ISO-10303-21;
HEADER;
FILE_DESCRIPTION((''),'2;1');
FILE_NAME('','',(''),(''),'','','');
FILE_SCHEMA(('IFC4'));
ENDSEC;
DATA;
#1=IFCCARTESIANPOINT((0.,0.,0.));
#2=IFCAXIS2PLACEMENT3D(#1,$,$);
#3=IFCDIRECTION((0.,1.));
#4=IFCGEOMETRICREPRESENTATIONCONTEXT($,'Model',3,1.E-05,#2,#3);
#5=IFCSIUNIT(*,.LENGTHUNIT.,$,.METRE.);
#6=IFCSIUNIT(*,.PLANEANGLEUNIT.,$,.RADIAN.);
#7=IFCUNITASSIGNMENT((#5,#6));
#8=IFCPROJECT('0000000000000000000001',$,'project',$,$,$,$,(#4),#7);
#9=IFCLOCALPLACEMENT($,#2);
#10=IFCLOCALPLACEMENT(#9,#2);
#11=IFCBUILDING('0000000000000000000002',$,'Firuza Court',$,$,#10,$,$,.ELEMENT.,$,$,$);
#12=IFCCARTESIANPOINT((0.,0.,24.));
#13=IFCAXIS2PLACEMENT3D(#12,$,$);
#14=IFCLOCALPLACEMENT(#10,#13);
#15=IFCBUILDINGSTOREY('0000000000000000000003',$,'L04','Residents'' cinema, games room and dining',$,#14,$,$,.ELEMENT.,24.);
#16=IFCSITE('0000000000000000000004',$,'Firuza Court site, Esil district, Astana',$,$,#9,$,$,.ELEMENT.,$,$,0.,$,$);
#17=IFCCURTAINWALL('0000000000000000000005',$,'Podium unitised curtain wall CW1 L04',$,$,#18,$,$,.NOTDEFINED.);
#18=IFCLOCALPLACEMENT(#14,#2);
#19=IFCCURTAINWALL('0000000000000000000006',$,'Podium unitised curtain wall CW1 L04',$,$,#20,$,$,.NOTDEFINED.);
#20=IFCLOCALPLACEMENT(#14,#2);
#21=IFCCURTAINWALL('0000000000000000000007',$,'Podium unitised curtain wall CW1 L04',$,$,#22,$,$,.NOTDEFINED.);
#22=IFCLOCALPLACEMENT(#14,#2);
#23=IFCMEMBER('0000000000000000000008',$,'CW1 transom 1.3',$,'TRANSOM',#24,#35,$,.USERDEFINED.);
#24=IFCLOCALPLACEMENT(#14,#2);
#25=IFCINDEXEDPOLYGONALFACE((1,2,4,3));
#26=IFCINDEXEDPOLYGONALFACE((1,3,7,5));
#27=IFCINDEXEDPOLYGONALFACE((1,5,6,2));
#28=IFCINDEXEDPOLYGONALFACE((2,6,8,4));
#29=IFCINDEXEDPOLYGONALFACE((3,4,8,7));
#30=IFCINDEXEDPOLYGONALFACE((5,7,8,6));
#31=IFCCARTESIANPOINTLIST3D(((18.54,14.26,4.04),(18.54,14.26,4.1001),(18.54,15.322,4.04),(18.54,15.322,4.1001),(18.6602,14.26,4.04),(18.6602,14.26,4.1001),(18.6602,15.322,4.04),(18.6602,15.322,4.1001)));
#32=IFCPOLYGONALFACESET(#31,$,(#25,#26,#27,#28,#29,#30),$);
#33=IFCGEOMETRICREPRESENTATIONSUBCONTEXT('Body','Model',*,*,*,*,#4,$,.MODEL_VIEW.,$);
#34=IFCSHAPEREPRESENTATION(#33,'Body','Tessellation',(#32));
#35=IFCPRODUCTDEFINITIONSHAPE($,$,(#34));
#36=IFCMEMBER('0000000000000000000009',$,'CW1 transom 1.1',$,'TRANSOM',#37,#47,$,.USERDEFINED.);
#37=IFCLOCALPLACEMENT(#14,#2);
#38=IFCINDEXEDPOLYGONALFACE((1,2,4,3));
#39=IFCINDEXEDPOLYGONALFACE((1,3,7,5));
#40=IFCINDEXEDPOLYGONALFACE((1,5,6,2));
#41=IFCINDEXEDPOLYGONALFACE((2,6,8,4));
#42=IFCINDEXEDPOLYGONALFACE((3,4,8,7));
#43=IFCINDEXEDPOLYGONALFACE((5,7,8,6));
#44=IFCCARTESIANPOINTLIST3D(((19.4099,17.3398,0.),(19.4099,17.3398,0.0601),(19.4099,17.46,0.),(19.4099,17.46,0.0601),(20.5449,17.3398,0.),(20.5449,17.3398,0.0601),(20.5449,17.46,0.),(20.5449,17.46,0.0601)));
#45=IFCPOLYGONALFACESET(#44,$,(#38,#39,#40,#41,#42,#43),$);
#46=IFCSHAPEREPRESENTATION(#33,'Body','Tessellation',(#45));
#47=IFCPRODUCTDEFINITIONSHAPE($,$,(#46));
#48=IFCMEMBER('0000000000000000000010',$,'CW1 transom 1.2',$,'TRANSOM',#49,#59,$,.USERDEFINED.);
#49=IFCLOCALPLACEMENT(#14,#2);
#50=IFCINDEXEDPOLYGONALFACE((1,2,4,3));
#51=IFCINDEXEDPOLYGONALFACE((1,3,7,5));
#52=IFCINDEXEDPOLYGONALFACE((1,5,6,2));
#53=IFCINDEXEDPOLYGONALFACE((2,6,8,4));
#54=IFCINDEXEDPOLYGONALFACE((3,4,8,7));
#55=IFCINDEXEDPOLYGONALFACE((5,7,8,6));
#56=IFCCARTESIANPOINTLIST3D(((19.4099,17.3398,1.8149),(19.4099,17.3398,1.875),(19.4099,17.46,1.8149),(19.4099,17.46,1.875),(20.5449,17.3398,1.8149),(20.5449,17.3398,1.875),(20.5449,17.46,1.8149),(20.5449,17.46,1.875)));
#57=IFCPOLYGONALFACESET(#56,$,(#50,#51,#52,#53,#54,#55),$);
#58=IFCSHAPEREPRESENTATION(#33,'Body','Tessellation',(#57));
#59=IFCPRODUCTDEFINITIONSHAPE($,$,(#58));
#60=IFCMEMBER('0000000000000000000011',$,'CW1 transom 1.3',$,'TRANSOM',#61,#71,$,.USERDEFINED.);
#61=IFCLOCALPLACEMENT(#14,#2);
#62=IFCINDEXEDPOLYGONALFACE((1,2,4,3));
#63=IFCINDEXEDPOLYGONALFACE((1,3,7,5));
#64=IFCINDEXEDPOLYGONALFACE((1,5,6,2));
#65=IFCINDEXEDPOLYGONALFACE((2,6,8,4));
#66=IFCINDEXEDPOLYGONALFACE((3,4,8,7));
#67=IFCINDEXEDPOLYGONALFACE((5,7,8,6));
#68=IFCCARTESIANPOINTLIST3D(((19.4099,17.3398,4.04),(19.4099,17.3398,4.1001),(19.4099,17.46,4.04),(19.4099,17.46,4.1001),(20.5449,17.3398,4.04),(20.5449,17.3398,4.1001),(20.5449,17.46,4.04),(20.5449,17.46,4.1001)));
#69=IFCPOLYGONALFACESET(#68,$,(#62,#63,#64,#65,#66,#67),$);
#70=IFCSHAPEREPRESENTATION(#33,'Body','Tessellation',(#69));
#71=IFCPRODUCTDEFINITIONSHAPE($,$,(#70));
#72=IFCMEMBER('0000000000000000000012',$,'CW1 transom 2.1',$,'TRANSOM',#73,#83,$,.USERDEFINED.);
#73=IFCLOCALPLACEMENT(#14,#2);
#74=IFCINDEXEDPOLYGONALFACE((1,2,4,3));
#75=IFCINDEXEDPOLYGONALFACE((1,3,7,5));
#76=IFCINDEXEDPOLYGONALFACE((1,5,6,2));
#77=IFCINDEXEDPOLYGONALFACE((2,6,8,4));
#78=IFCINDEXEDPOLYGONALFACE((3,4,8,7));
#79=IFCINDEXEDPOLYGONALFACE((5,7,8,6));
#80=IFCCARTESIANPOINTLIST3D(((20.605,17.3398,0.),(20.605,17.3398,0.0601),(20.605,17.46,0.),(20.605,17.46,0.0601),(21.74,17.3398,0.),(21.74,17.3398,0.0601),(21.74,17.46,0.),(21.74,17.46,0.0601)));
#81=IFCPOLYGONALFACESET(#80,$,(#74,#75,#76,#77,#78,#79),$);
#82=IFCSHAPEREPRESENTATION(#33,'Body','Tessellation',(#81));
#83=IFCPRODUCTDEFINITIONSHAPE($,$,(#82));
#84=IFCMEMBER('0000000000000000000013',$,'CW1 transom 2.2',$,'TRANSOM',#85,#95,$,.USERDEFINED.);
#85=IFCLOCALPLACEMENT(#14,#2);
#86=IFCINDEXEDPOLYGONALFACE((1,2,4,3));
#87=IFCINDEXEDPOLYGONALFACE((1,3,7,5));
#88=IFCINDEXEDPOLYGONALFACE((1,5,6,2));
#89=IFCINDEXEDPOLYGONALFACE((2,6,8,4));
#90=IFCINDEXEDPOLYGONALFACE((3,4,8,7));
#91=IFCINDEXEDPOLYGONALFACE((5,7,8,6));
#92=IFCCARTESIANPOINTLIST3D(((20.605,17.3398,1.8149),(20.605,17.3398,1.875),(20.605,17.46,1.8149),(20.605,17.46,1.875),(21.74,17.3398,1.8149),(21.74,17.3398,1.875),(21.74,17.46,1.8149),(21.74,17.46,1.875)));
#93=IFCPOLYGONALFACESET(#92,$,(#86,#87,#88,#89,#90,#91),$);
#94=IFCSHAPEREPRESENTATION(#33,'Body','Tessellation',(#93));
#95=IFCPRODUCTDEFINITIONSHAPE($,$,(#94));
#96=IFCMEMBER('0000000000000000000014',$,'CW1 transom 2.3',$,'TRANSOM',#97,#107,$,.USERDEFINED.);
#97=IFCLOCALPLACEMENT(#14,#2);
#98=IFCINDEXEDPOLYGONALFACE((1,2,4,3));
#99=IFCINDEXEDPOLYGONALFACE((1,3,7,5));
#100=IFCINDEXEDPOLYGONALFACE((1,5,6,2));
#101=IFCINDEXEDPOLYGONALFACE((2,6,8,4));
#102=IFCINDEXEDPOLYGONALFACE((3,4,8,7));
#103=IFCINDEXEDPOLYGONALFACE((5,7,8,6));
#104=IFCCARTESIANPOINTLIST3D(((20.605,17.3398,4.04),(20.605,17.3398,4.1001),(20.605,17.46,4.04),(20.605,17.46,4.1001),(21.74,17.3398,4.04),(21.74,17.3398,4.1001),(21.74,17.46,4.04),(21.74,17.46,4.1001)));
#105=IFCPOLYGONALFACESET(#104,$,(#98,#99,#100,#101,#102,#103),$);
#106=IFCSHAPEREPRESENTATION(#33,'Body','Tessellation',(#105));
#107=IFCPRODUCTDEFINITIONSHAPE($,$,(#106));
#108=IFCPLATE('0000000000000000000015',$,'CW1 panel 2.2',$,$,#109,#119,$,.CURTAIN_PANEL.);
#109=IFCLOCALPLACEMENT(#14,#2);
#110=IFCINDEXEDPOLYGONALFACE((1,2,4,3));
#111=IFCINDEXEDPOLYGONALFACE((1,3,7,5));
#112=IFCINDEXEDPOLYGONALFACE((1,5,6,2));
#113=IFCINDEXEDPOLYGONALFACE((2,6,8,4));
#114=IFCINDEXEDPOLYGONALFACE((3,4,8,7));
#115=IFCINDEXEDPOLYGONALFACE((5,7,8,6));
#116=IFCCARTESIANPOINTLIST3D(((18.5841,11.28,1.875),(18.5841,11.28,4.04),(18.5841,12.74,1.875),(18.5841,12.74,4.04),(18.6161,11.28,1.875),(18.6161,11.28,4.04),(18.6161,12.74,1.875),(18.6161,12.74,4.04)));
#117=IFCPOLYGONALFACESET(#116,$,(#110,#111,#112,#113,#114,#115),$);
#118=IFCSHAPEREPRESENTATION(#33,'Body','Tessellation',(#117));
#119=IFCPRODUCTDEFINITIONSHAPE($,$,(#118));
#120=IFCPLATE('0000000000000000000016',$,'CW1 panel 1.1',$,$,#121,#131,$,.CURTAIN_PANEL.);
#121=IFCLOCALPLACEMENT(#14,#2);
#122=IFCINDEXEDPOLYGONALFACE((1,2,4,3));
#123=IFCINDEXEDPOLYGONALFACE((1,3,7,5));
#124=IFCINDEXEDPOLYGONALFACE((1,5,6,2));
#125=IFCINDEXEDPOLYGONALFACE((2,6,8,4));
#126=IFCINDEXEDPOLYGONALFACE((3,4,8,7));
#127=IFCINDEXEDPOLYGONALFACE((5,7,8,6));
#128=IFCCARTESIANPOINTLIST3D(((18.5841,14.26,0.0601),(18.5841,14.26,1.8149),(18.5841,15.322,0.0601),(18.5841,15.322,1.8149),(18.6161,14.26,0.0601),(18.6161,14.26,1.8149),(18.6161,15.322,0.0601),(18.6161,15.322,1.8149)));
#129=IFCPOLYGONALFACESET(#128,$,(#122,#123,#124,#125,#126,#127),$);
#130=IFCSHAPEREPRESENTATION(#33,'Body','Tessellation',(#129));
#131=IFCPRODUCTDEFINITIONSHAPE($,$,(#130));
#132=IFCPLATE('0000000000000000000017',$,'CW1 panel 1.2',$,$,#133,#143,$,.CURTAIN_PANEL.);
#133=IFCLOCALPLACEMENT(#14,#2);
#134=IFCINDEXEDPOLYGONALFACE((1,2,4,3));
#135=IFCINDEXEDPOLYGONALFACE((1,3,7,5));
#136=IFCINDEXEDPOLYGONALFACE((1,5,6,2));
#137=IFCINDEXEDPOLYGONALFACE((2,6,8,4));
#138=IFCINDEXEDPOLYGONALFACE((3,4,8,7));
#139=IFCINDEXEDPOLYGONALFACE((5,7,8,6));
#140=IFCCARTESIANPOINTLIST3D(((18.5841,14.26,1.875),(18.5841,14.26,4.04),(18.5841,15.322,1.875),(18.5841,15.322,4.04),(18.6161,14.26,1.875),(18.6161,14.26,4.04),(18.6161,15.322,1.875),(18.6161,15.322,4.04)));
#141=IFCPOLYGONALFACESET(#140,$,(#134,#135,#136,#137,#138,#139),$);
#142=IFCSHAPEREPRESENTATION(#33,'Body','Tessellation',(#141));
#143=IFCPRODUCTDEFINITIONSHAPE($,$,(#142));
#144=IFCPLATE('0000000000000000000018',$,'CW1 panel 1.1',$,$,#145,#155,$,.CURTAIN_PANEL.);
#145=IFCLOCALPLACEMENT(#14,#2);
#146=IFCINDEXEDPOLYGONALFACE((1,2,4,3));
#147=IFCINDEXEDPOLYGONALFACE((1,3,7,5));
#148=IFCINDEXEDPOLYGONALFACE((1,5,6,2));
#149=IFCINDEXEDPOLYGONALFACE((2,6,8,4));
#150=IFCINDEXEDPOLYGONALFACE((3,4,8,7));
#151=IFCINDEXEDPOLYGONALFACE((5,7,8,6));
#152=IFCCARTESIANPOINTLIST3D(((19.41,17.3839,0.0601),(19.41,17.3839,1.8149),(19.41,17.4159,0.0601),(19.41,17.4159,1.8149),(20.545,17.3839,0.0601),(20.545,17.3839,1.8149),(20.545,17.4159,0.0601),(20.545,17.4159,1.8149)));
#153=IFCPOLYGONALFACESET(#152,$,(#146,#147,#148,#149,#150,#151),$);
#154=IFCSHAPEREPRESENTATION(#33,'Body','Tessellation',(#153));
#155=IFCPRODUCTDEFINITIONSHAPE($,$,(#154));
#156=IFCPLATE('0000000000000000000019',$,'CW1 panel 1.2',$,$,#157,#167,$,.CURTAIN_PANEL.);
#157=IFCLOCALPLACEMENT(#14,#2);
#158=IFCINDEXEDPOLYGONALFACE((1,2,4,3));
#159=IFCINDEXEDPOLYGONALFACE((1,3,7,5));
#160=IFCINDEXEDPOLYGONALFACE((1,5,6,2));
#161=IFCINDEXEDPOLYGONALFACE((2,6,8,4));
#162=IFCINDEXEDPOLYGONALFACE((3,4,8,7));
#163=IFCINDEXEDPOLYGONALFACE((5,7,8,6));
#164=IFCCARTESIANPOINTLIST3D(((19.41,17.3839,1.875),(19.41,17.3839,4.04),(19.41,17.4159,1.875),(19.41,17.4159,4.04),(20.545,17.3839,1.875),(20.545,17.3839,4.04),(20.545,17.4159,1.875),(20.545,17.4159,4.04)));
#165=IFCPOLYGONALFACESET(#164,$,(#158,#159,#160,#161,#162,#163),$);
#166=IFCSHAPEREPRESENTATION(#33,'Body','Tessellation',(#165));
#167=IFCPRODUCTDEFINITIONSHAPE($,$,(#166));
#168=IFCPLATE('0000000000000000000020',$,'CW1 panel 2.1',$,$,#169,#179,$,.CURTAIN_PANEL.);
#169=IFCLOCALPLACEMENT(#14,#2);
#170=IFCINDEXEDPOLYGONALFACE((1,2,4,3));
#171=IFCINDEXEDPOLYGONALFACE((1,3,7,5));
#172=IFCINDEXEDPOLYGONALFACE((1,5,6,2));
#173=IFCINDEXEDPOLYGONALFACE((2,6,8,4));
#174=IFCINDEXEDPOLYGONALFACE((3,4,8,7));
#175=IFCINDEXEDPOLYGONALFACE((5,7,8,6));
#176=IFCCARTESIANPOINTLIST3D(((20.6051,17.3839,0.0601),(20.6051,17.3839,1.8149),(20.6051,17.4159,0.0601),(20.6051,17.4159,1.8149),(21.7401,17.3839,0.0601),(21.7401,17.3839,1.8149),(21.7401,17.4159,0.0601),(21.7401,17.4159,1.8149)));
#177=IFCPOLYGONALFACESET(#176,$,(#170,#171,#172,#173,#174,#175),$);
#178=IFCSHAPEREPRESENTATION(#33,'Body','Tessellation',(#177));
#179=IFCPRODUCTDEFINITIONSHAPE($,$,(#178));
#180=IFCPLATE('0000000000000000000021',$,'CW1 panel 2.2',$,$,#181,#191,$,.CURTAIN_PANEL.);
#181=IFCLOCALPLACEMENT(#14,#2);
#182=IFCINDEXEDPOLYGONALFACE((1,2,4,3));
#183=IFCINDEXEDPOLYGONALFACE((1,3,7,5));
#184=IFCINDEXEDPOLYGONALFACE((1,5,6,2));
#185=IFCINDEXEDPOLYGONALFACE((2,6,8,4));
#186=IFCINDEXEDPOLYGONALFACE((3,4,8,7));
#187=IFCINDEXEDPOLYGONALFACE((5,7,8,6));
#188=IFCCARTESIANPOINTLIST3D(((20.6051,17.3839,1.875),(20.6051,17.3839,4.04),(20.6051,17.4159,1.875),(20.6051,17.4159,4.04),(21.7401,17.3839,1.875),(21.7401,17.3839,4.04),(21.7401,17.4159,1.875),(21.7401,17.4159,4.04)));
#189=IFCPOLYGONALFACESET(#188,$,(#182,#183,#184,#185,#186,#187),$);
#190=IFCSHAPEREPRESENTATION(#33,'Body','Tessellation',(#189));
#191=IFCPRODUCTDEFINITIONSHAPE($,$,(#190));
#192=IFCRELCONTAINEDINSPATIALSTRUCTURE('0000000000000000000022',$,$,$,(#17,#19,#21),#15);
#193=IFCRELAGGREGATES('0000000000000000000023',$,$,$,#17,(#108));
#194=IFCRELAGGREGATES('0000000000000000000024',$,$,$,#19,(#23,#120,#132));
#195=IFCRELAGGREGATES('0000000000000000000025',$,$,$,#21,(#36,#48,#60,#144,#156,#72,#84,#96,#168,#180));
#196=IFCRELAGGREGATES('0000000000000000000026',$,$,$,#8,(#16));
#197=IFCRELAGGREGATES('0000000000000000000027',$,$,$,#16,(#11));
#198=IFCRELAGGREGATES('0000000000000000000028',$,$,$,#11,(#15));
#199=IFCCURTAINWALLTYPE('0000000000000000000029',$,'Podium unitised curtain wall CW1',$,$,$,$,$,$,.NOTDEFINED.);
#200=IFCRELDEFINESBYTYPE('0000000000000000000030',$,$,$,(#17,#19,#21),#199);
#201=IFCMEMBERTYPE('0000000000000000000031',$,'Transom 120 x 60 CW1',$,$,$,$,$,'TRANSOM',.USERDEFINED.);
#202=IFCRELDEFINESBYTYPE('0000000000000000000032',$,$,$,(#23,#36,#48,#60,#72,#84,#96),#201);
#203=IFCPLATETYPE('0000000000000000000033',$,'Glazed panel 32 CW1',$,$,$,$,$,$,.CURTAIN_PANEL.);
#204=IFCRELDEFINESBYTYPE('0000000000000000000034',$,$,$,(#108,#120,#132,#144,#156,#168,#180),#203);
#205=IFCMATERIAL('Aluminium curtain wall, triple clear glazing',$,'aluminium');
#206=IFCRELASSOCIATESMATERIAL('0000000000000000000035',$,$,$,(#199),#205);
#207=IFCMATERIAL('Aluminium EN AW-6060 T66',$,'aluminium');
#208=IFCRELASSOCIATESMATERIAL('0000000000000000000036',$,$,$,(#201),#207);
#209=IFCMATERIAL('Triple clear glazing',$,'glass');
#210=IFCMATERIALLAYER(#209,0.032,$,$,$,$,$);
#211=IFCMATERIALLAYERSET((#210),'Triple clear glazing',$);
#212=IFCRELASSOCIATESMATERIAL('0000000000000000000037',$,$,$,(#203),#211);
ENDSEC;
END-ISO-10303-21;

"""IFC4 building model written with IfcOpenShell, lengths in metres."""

from ifc_helpers import new_model, si_unit, direction, frame, origin, origin_2d, place, context, subcontext, project, spatial, rectangle, extrude, material, layer, layer_set, material_profile, profile_set, type_object, element, aggregate, save


model = new_model("IFC4")

# Units and contexts
model_context = context("Model", 3, precision=1e-05, world=origin(), true_north=direction((0.0, 1.0)))
body_context = subcontext(model_context, "Body", "Model", "MODEL_VIEW")
ifc_project = project(units=[si_unit("LENGTHUNIT", "METRE"), si_unit("PLANEANGLEUNIT", "RADIAN")], contexts=[model_context])

# Site, building, storey
site_placement = place(None, origin())
site = spatial("IfcSite", under=ifc_project, at=site_placement, Name="Firuza Court site, Esil district, Astana", CompositionType="ELEMENT", RefElevation=0.0)
building_placement = place(site_placement, origin())
building = spatial("IfcBuilding", under=site, at=building_placement, Name="Firuza Court", CompositionType="ELEMENT")
storey_placement = place(building_placement, frame((0.0, 0.0, 24.0)))
storey = spatial("IfcBuildingStorey", under=building, at=storey_placement, Name="L04", Description="Residents' cinema, games room and dining", CompositionType="ELEMENT", Elevation=24.0)

# Curtain wall
ifc_material_1 = material(Name="Aluminium curtain wall, triple clear glazing", Category="aluminium")
curtain_wall_type = type_object("IfcCurtainWallType", Name="Podium unitised curtain wall CW1", PredefinedType="NOTDEFINED", material=ifc_material_1)
curtain_wall_1_placement = place(storey_placement, origin())
curtain_wall_1 = element("IfcCurtainWall", 1, at=curtain_wall_1_placement, inside=storey, type_object=curtain_wall_type, Name="Podium unitised curtain wall CW1 L04", PredefinedType="NOTDEFINED")

# Curtain walls
curtain_wall_2_placement = place(storey_placement, origin())
curtain_wall_2 = element("IfcCurtainWall", 2, at=curtain_wall_2_placement, inside=storey, type_object=curtain_wall_type, Name="Podium unitised curtain wall CW1 L04", PredefinedType="NOTDEFINED")
curtain_wall_3_placement = place(storey_placement, origin())
curtain_wall_3 = element("IfcCurtainWall", 3, at=curtain_wall_3_placement, inside=storey, type_object=curtain_wall_type, Name="Podium unitised curtain wall CW1 L04", PredefinedType="NOTDEFINED")

# Members
ifc_material_2 = material(Name="Aluminium EN AW-6060 T66", Category="aluminium")
ifc_material_profile_1 = material_profile(ifc_material_2, rectangle(XDim=0.1201, YDim=0.0601, at=origin_2d()), Name="Transom 120 x 60 CW1")
ifc_profile_set_1 = profile_set([ifc_material_profile_1], Name="Aluminium EN AW-6060 T66")
member_type_1 = type_object("IfcMemberType", Name="Transom 120 x 60 CW1", ElementType="TRANSOM", PredefinedType="USERDEFINED", material=ifc_profile_set_1)
member_1_placement = place(storey_placement, frame((18.6001, 14.26, 4.0701), z_axis=(0.0, 1.0, 0.0), x_axis=(-1.0, 0.0, 0.0)))
member_1 = element("IfcMember", 4, at=member_1_placement, type_object=member_type_1, Name="CW1 transom 1.3", ObjectType="TRANSOM", PredefinedType="USERDEFINED", context=body_context, shape_type="SweptSolid", body=[
    extrude(rectangle(XDim=0.1201, YDim=0.0601, at=origin_2d()), origin(), (0.0, 0.0, 1.0), 1.062),
])
member_2_placement = place(storey_placement, frame((19.4099, 17.3999, 0.03), z_axis=(1.0, 0.0, 0.0), x_axis=(0.0, 1.0, 0.0)))
member_2 = element("IfcMember", 5, at=member_2_placement, type_object=member_type_1, Name="CW1 transom 1.1", ObjectType="TRANSOM", PredefinedType="USERDEFINED", context=body_context, shape_type="SweptSolid", body=[
    extrude(rectangle(XDim=0.1201, YDim=0.0601, at=origin_2d()), origin(), (0.0, 0.0, 1.0), 1.135),
])
member_3_placement = place(storey_placement, frame((19.4099, 17.3999, 1.845), z_axis=(1.0, 0.0, 0.0), x_axis=(0.0, 1.0, 0.0)))
member_3 = element("IfcMember", 6, at=member_3_placement, type_object=member_type_1, Name="CW1 transom 1.2", ObjectType="TRANSOM", PredefinedType="USERDEFINED", context=body_context, shape_type="SweptSolid", body=[
    extrude(rectangle(XDim=0.1201, YDim=0.0601, at=origin_2d()), origin(), (0.0, 0.0, 1.0), 1.135),
])
member_4_placement = place(storey_placement, frame((19.4099, 17.3999, 4.0701), z_axis=(1.0, 0.0, 0.0), x_axis=(0.0, 1.0, 0.0)))
member_4 = element("IfcMember", 7, at=member_4_placement, type_object=member_type_1, Name="CW1 transom 1.3", ObjectType="TRANSOM", PredefinedType="USERDEFINED", context=body_context, shape_type="SweptSolid", body=[
    extrude(rectangle(XDim=0.1201, YDim=0.0601, at=origin_2d()), origin(), (0.0, 0.0, 1.0), 1.135),
])
member_5_placement = place(storey_placement, frame((20.605, 17.3999, 0.03), z_axis=(1.0, 0.0, 0.0), x_axis=(0.0, 1.0, 0.0)))
member_5 = element("IfcMember", 8, at=member_5_placement, type_object=member_type_1, Name="CW1 transom 2.1", ObjectType="TRANSOM", PredefinedType="USERDEFINED", context=body_context, shape_type="SweptSolid", body=[
    extrude(rectangle(XDim=0.1201, YDim=0.0601, at=origin_2d()), origin(), (0.0, 0.0, 1.0), 1.135),
])
member_6_placement = place(storey_placement, frame((20.605, 17.3999, 1.845), z_axis=(1.0, 0.0, 0.0), x_axis=(0.0, 1.0, 0.0)))
member_6 = element("IfcMember", 9, at=member_6_placement, type_object=member_type_1, Name="CW1 transom 2.2", ObjectType="TRANSOM", PredefinedType="USERDEFINED", context=body_context, shape_type="SweptSolid", body=[
    extrude(rectangle(XDim=0.1201, YDim=0.0601, at=origin_2d()), origin(), (0.0, 0.0, 1.0), 1.135),
])
member_7_placement = place(storey_placement, frame((20.605, 17.3999, 4.0701), z_axis=(1.0, 0.0, 0.0), x_axis=(0.0, 1.0, 0.0)))
member_7 = element("IfcMember", 10, at=member_7_placement, type_object=member_type_1, Name="CW1 transom 2.3", ObjectType="TRANSOM", PredefinedType="USERDEFINED", context=body_context, shape_type="SweptSolid", body=[
    extrude(rectangle(XDim=0.1201, YDim=0.0601, at=origin_2d()), origin(), (0.0, 0.0, 1.0), 1.135),
])

# Plates
ifc_material_3 = material(Name="Triple clear glazing", Category="glass")
ifc_layer_1 = layer(ifc_material_3, 0.032)
ifc_layer_set_1 = layer_set([ifc_layer_1], Name="Triple clear glazing")
plate_type = type_object("IfcPlateType", Name="Glazed panel 32 CW1", PredefinedType="CURTAIN_PANEL", material=ifc_layer_set_1)
plate_1_placement = place(storey_placement, frame((18.6001, 12.01, 1.875), z_axis=(0.0, 0.0, 1.0), x_axis=(0.0, 1.0, 0.0)))
plate_1 = element("IfcPlate", 11, at=plate_1_placement, type_object=plate_type, Name="CW1 panel 2.2", PredefinedType="CURTAIN_PANEL", context=body_context, shape_type="SweptSolid", body=[
    extrude(rectangle(XDim=1.46, YDim=0.032, at=origin_2d()), origin(), (0.0, 0.0, 1.0), 2.165),
])
aggregate(curtain_wall_1, [plate_1])
plate_2_placement = place(storey_placement, frame((18.6001, 14.791, 0.0601), z_axis=(0.0, 0.0, 1.0), x_axis=(0.0, 1.0, 0.0)))
plate_2 = element("IfcPlate", 12, at=plate_2_placement, type_object=plate_type, Name="CW1 panel 1.1", PredefinedType="CURTAIN_PANEL", context=body_context, shape_type="SweptSolid", body=[
    extrude(rectangle(XDim=1.062, YDim=0.032, at=origin_2d()), origin(), (0.0, 0.0, 1.0), 1.7549),
])
plate_3_placement = place(storey_placement, frame((18.6001, 14.791, 1.875), z_axis=(0.0, 0.0, 1.0), x_axis=(0.0, 1.0, 0.0)))
plate_3 = element("IfcPlate", 13, at=plate_3_placement, type_object=plate_type, Name="CW1 panel 1.2", PredefinedType="CURTAIN_PANEL", context=body_context, shape_type="SweptSolid", body=[
    extrude(rectangle(XDim=1.062, YDim=0.032, at=origin_2d()), origin(), (0.0, 0.0, 1.0), 2.165),
])
aggregate(curtain_wall_2, [member_1, plate_2, plate_3])
plate_4_placement = place(storey_placement, frame((19.9775, 17.3999, 0.0601), z_axis=(0.0, 0.0, 1.0), x_axis=(1.0, 0.0, 0.0)))
plate_4 = element("IfcPlate", 14, at=plate_4_placement, type_object=plate_type, Name="CW1 panel 1.1", PredefinedType="CURTAIN_PANEL", context=body_context, shape_type="SweptSolid", body=[
    extrude(rectangle(XDim=1.135, YDim=0.032, at=origin_2d()), origin(), (0.0, 0.0, 1.0), 1.7549),
])
plate_5_placement = place(storey_placement, frame((19.9775, 17.3999, 1.875), z_axis=(0.0, 0.0, 1.0), x_axis=(1.0, 0.0, 0.0)))
plate_5 = element("IfcPlate", 15, at=plate_5_placement, type_object=plate_type, Name="CW1 panel 1.2", PredefinedType="CURTAIN_PANEL", context=body_context, shape_type="SweptSolid", body=[
    extrude(rectangle(XDim=1.135, YDim=0.032, at=origin_2d()), origin(), (0.0, 0.0, 1.0), 2.165),
])
plate_6_placement = place(storey_placement, frame((21.1726, 17.3999, 0.0601), z_axis=(0.0, 0.0, 1.0), x_axis=(1.0, 0.0, 0.0)))
plate_6 = element("IfcPlate", 16, at=plate_6_placement, type_object=plate_type, Name="CW1 panel 2.1", PredefinedType="CURTAIN_PANEL", context=body_context, shape_type="SweptSolid", body=[
    extrude(rectangle(XDim=1.135, YDim=0.032, at=origin_2d()), origin(), (0.0, 0.0, 1.0), 1.7549),
])
plate_7_placement = place(storey_placement, frame((21.1726, 17.3999, 1.875), z_axis=(0.0, 0.0, 1.0), x_axis=(1.0, 0.0, 0.0)))
plate_7 = element("IfcPlate", 17, at=plate_7_placement, type_object=plate_type, Name="CW1 panel 2.2", PredefinedType="CURTAIN_PANEL", context=body_context, shape_type="SweptSolid", body=[
    extrude(rectangle(XDim=1.135, YDim=0.032, at=origin_2d()), origin(), (0.0, 0.0, 1.0), 2.165),
])
aggregate(curtain_wall_3, [member_2, member_3, member_4, plate_4, plate_5, member_5, member_6, member_7, plate_6, plate_7])

save(model, "model.ifc")
